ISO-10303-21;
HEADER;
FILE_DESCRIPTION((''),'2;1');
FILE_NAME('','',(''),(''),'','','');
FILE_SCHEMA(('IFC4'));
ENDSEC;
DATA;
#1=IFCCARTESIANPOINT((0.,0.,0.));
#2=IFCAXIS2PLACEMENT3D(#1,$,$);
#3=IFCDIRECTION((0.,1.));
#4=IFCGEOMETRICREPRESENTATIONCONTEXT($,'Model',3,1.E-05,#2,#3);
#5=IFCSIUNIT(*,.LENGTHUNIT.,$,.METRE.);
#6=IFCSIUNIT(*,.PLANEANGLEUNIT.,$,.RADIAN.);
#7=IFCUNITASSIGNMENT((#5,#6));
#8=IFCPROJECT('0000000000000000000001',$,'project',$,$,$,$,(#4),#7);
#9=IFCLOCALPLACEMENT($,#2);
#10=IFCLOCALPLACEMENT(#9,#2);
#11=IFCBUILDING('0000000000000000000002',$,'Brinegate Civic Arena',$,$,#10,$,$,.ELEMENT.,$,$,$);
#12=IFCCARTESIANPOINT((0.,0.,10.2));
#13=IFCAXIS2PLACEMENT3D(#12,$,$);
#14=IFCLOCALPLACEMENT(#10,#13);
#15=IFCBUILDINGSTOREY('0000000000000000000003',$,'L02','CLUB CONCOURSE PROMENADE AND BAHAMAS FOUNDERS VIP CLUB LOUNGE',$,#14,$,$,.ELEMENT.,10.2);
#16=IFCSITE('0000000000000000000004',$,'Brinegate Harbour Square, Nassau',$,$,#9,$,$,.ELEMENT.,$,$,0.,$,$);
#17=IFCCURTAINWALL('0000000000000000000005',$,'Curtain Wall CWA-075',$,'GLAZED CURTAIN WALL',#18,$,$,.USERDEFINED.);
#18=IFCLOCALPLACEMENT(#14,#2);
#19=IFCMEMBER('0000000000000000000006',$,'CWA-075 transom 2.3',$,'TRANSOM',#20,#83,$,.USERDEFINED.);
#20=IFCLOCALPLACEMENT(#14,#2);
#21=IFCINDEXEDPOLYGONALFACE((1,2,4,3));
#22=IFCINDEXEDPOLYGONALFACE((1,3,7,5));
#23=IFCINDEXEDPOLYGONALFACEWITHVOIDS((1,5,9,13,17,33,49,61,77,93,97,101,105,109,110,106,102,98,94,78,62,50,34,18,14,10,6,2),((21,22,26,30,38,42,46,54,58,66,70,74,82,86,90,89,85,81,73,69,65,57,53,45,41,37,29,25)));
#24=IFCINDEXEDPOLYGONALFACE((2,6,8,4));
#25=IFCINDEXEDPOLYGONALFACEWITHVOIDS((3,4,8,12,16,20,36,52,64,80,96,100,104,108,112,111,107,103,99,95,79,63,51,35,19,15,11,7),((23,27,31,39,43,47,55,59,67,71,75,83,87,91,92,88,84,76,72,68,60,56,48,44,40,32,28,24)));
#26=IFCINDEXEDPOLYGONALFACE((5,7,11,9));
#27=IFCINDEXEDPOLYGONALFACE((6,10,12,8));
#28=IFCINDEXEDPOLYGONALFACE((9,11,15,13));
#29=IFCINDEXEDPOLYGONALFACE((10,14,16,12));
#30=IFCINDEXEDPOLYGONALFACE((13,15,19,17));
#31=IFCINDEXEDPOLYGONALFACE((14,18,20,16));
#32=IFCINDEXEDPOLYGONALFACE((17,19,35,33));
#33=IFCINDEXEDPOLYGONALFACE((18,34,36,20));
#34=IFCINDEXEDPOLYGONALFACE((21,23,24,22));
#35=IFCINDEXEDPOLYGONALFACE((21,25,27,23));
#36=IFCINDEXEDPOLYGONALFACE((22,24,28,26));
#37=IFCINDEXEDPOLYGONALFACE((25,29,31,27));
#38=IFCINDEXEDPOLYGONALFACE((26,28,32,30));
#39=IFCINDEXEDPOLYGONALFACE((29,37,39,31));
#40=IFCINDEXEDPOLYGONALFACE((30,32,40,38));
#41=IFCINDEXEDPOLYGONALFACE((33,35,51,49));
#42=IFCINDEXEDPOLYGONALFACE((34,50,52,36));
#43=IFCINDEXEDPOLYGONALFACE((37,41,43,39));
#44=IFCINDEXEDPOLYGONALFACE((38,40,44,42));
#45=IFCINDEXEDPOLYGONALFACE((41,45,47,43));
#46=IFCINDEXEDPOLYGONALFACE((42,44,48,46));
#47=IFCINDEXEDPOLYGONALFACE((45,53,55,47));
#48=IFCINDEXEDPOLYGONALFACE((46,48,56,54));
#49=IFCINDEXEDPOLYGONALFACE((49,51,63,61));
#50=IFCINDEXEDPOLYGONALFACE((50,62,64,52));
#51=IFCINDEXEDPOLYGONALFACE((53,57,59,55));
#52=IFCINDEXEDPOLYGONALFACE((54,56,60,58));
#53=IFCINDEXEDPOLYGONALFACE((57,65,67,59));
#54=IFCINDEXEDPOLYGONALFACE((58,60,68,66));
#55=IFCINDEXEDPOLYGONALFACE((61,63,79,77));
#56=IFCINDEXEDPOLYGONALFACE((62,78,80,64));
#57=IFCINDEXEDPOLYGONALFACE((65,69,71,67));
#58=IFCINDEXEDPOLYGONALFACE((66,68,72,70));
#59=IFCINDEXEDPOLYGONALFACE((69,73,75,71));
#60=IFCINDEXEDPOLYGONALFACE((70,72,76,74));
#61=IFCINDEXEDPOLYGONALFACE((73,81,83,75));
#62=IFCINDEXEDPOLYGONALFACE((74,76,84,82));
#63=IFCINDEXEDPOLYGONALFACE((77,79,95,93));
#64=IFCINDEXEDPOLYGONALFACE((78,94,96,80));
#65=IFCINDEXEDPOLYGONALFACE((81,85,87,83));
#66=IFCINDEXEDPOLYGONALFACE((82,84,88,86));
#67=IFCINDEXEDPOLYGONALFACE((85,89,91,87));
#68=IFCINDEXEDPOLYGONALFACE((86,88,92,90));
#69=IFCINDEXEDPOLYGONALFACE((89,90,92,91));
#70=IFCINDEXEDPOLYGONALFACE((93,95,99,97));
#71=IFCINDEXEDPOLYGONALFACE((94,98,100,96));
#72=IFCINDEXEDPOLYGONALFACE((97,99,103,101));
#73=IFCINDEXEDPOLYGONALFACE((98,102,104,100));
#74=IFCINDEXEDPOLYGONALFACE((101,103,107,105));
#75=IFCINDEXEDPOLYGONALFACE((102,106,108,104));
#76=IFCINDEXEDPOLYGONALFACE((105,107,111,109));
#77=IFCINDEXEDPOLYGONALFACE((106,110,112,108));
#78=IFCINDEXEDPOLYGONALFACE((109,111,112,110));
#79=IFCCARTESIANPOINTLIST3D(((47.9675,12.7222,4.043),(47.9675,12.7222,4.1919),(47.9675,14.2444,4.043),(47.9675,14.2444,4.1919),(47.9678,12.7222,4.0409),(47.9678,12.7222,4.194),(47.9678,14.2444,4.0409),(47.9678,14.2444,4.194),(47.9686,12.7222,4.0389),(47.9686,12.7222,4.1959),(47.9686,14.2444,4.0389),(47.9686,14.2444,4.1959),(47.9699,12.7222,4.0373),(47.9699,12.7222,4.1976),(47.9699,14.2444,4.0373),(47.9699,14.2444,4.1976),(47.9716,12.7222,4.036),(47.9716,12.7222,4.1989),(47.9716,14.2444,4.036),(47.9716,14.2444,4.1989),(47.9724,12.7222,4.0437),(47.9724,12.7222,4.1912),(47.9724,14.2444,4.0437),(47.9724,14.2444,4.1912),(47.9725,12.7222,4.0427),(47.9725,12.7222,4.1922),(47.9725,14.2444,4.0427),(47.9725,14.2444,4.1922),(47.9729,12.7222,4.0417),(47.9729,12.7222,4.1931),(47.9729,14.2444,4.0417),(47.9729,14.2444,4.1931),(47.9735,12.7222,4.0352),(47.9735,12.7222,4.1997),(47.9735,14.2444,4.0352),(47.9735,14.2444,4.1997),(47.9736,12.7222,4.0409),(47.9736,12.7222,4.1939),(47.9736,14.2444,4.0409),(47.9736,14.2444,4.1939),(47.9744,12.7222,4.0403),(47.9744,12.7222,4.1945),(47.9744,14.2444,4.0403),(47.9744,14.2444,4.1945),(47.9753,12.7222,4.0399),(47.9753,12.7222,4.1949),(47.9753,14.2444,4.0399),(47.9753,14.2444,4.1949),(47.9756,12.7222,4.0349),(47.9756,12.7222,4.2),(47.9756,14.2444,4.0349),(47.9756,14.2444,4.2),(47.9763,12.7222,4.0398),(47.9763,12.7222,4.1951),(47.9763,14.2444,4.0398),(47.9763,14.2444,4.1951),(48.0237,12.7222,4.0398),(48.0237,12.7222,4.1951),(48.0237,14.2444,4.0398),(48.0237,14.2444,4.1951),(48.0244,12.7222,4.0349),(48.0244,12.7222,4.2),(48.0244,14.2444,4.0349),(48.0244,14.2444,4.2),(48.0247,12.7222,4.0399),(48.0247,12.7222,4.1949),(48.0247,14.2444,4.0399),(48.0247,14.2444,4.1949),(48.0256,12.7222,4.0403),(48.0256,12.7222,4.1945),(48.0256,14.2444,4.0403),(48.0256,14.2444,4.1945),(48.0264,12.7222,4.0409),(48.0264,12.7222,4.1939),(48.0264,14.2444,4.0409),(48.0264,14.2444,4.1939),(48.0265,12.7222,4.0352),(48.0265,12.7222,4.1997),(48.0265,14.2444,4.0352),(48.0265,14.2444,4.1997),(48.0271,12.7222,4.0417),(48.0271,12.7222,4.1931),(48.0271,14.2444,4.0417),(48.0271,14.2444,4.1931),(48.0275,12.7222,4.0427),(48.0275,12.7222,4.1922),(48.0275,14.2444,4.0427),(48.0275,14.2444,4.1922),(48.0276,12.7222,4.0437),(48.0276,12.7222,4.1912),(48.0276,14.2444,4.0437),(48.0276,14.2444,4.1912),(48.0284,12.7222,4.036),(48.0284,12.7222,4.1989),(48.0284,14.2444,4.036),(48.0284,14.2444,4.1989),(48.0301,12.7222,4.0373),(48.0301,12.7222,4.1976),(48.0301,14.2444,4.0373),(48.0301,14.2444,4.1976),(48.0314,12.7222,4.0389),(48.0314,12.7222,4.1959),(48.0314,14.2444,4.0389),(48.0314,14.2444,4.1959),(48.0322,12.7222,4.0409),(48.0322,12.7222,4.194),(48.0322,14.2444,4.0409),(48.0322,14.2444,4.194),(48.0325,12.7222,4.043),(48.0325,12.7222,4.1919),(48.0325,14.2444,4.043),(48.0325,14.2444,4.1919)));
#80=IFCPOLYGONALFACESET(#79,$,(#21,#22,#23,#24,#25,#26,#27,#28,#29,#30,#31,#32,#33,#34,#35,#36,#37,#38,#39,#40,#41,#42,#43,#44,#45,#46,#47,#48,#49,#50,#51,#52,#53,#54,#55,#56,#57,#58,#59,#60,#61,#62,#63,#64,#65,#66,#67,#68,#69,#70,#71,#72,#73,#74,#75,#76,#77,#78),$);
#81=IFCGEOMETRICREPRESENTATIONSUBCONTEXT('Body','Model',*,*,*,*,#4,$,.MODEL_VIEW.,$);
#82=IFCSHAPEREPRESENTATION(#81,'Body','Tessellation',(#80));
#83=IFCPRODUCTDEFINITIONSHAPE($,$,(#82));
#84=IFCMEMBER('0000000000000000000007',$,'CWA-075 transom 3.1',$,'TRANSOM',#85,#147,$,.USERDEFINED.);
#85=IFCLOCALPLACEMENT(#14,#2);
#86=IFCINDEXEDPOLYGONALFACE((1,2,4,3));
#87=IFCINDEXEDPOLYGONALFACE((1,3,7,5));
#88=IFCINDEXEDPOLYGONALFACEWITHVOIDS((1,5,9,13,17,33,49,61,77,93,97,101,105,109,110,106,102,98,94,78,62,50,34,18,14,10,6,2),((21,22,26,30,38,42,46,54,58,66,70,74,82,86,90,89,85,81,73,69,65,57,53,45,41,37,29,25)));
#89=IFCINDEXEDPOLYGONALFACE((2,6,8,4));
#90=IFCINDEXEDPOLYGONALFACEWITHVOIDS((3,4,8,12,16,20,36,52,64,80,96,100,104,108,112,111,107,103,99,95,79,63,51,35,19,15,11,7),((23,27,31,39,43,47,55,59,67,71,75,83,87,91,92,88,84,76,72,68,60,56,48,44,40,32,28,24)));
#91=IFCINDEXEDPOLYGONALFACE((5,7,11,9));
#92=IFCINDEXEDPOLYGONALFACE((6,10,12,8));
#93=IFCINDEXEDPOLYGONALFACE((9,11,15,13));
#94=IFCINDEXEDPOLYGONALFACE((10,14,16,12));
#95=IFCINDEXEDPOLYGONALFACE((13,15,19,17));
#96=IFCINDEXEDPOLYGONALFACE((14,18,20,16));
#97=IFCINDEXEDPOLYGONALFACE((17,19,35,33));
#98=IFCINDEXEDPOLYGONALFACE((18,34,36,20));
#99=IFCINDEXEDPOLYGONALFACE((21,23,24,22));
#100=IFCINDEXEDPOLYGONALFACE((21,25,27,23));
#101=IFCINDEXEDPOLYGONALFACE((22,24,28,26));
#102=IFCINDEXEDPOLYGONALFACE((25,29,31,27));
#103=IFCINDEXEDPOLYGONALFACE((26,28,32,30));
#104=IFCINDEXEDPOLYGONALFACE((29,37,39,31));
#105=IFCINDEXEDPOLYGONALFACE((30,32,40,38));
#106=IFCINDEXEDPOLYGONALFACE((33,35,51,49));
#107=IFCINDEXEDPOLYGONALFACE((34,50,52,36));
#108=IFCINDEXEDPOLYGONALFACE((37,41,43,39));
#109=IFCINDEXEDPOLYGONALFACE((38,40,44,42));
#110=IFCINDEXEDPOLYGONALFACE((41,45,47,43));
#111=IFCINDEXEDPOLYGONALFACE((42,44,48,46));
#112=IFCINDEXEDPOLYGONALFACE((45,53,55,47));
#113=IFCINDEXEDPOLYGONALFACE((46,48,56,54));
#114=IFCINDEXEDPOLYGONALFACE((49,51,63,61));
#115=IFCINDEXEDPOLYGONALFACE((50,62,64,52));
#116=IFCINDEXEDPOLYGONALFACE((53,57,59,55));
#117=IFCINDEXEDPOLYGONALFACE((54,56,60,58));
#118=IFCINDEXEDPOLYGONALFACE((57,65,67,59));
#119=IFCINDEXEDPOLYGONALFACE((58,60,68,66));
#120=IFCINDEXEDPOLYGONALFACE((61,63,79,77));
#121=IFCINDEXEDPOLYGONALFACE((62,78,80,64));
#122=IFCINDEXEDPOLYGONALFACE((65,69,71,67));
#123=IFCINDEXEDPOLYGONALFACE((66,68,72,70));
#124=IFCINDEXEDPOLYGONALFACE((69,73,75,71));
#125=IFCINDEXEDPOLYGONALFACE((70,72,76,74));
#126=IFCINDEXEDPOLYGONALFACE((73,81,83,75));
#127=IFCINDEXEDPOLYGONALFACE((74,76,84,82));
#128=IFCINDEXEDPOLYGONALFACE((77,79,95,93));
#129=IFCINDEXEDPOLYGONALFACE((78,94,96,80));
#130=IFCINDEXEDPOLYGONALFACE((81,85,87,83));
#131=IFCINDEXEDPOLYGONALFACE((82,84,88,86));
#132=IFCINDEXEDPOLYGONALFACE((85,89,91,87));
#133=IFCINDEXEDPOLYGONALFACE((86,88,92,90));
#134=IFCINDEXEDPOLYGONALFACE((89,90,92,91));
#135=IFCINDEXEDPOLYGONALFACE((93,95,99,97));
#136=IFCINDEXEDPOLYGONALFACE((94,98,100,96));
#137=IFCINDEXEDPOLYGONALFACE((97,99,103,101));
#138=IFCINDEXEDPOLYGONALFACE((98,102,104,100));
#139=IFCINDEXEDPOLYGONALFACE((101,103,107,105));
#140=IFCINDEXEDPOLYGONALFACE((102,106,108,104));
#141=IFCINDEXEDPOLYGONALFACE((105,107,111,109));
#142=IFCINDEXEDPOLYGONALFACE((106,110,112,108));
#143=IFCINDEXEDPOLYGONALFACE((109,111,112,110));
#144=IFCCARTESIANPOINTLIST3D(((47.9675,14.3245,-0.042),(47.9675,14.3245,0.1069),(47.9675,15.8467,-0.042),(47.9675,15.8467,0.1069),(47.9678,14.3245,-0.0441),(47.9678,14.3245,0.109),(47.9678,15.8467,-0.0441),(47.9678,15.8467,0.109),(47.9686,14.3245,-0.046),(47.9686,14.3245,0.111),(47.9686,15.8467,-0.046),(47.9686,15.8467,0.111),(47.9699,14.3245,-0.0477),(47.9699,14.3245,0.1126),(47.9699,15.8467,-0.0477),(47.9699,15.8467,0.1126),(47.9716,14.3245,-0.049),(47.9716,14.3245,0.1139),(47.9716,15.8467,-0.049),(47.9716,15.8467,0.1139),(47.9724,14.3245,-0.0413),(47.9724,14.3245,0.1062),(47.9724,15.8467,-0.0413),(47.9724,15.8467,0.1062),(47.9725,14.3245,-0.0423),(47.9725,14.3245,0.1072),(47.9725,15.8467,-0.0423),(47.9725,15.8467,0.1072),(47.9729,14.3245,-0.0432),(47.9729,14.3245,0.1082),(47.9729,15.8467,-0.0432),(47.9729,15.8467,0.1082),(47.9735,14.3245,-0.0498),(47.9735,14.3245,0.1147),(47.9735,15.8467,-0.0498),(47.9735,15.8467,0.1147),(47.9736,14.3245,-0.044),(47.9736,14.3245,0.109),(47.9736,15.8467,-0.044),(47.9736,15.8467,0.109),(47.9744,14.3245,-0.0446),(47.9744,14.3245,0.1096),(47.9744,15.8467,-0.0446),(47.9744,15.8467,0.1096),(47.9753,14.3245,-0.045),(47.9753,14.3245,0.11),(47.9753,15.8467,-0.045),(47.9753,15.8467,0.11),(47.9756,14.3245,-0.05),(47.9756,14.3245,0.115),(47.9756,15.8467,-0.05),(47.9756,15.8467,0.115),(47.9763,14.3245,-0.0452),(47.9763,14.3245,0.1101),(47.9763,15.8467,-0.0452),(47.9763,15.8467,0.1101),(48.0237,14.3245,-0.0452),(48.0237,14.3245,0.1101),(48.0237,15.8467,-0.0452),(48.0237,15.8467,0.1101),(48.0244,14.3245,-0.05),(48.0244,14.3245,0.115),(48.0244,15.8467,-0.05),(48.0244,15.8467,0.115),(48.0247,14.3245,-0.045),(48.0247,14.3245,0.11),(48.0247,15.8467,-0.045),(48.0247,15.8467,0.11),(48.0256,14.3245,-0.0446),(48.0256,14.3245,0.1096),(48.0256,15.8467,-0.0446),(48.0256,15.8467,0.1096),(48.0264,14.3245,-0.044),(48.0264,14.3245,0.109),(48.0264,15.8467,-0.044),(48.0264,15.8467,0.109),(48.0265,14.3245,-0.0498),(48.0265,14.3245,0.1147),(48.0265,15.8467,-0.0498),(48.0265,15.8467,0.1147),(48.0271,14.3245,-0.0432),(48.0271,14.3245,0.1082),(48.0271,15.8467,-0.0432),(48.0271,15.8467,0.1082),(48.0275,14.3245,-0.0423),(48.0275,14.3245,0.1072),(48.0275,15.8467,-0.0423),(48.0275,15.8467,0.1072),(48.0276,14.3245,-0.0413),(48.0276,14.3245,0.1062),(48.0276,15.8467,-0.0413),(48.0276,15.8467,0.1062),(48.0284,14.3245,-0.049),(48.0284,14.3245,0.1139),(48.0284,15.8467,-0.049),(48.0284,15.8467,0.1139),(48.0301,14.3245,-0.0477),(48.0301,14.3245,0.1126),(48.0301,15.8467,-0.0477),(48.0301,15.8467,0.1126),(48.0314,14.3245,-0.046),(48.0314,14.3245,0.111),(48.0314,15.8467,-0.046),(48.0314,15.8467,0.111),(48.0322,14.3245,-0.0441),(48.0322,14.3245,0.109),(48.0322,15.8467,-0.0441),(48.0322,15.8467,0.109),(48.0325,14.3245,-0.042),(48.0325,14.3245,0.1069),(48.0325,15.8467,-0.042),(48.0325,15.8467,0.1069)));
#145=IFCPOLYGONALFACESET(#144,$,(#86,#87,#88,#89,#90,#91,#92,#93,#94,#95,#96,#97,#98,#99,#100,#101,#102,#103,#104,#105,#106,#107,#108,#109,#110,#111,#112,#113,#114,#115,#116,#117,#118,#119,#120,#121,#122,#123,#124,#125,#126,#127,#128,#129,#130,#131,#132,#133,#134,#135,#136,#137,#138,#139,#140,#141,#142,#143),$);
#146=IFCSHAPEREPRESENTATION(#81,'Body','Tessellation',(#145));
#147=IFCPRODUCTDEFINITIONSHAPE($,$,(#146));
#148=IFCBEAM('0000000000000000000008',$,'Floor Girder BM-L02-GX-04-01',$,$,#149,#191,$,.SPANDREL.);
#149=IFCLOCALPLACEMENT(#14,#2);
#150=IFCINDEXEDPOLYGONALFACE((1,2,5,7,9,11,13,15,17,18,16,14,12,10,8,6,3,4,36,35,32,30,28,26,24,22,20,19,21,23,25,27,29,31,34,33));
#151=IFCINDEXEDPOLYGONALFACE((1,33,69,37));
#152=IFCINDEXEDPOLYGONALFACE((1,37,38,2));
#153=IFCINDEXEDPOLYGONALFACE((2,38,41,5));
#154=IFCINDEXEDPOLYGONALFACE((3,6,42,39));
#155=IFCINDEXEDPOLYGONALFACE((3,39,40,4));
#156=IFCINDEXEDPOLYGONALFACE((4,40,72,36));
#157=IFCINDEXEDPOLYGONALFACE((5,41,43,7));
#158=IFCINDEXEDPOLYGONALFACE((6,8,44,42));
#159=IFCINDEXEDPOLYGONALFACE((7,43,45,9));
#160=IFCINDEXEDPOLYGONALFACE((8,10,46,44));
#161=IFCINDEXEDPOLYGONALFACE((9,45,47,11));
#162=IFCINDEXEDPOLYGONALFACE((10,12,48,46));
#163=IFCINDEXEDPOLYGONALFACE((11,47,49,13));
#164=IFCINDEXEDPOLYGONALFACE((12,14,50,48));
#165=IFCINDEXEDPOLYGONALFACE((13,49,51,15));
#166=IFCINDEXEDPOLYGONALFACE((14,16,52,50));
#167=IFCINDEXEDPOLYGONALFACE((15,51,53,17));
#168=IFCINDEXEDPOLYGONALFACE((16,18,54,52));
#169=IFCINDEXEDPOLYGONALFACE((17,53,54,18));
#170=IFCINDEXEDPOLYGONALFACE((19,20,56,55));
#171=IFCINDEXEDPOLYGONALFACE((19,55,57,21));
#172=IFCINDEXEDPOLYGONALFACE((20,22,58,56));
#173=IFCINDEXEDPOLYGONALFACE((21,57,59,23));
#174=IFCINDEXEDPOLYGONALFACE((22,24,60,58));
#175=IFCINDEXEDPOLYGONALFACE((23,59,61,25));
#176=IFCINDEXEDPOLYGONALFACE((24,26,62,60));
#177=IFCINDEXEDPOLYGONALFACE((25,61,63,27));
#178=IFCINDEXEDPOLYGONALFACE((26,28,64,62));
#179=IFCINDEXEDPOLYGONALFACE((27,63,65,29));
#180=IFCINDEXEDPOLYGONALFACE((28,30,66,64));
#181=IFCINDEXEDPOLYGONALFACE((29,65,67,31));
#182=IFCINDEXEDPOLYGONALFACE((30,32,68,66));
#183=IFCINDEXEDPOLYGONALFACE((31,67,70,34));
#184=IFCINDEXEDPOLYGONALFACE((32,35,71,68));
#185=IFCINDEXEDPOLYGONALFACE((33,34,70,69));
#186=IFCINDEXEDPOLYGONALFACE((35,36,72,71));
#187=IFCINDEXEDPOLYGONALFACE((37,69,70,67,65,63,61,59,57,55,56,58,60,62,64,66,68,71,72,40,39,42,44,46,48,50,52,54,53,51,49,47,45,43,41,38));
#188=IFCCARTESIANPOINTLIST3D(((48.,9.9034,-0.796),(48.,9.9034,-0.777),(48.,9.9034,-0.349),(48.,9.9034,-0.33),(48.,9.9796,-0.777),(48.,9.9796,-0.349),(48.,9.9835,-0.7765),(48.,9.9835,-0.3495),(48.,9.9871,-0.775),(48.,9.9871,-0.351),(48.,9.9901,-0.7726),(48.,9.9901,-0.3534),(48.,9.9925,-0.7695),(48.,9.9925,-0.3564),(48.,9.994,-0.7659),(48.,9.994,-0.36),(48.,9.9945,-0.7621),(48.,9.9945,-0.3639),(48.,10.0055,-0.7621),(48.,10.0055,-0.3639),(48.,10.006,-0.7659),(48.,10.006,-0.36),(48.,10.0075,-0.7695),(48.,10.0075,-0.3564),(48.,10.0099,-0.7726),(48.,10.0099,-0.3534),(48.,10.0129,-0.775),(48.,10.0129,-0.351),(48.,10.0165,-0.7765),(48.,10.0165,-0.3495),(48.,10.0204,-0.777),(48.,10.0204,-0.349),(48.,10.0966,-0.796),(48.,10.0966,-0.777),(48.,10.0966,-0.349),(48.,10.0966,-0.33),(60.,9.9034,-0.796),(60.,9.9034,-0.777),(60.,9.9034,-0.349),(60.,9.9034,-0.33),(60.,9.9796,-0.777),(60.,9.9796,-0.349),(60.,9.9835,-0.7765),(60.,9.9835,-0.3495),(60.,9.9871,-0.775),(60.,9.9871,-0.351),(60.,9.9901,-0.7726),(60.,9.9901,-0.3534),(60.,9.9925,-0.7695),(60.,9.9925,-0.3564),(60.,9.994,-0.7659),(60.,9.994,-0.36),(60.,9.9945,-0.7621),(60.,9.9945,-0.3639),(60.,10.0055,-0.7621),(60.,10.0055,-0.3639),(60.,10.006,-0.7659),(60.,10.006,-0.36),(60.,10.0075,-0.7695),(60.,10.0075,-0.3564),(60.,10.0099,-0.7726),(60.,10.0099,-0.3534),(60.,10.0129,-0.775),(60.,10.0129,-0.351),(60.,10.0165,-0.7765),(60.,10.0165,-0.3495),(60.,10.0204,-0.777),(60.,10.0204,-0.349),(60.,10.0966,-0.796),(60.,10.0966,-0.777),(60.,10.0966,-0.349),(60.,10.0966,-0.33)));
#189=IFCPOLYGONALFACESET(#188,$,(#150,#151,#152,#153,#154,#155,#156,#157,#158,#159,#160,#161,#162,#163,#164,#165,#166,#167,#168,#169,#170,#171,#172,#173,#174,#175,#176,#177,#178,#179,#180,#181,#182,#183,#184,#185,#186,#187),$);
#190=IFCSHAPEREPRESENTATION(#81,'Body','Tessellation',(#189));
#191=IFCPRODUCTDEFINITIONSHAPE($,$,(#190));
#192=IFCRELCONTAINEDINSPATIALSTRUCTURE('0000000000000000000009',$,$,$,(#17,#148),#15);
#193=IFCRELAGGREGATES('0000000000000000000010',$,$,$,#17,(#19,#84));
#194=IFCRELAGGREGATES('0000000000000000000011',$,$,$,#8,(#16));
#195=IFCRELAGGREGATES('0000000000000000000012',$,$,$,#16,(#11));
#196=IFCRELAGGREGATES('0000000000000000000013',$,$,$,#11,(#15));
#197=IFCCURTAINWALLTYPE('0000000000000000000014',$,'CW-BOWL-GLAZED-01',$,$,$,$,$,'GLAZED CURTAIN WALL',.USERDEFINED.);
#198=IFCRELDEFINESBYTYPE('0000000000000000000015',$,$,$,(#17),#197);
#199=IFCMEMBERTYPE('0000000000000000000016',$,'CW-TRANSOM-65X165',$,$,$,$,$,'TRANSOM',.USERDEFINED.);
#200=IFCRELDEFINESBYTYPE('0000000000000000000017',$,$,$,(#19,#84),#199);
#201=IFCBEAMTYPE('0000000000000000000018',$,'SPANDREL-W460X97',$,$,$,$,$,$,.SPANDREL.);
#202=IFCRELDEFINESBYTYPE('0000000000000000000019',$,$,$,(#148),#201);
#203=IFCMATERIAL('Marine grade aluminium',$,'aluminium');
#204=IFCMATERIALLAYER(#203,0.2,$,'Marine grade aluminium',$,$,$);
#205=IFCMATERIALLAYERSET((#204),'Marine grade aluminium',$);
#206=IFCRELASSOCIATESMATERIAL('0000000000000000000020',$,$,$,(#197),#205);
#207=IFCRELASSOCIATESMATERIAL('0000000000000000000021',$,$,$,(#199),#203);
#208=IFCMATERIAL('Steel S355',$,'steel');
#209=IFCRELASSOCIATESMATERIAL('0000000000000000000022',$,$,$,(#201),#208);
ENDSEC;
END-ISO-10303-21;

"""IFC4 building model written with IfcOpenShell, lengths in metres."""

from ifc_helpers import new_model, si_unit, direction, frame, origin, origin_2d, place, context, subcontext, project, spatial, hollow_rectangle, i_section, extrude, material, layer, layer_set, material_profile, profile_set, type_object, element, aggregate, save


model = new_model("IFC4")

# Units and contexts
model_context = context("Model", 3, precision=1e-05, world=origin(), true_north=direction((0.0, 1.0)))
body_context = subcontext(model_context, "Body", "Model", "MODEL_VIEW")
ifc_project = project(units=[si_unit("LENGTHUNIT", "METRE"), si_unit("PLANEANGLEUNIT", "RADIAN")], contexts=[model_context])

# Site, building, storey
site_placement = place(None, origin())
site = spatial("IfcSite", under=ifc_project, at=site_placement, Name="Brinegate Harbour Square, Nassau", CompositionType="ELEMENT", RefElevation=0.0)
building_placement = place(site_placement, origin())
building = spatial("IfcBuilding", under=site, at=building_placement, Name="Brinegate Civic Arena", CompositionType="ELEMENT")
storey_placement = place(building_placement, frame((0.0, 0.0, 10.2)))
storey = spatial("IfcBuildingStorey", under=building, at=storey_placement, Name="L02", Description="CLUB CONCOURSE PROMENADE AND BAHAMAS FOUNDERS VIP CLUB LOUNGE", CompositionType="ELEMENT", Elevation=10.2)

# Curtain wall
ifc_material_1 = material(Name="Marine grade aluminium", Category="aluminium")
ifc_layer_1 = layer(ifc_material_1, 0.2, Name="Marine grade aluminium")
ifc_layer_set_1 = layer_set([ifc_layer_1], Name="Marine grade aluminium")
curtain_wall_type_1 = type_object("IfcCurtainWallType", Name="CW-BOWL-GLAZED-01", ElementType="GLAZED CURTAIN WALL", PredefinedType="USERDEFINED", material=ifc_layer_set_1)
curtain_wall_1_placement = place(storey_placement, origin())
curtain_wall_1 = element("IfcCurtainWall", 1, at=curtain_wall_1_placement, inside=storey, type_object=curtain_wall_type_1, Name="Curtain Wall CWA-075", ObjectType="GLAZED CURTAIN WALL", PredefinedType="USERDEFINED")

# Members
ifc_material_profile_1 = material_profile(ifc_material_1, hollow_rectangle(XDim=0.0649, YDim=0.165, WallThickness=0.0049, InnerFilletRadius=0.0039, OuterFilletRadius=0.0081, at=origin_2d()), Name="TRN65X165")
ifc_profile_set_1 = profile_set([ifc_material_profile_1], Name="Marine grade aluminium")
member_type_1 = type_object("IfcMemberType", Name="CW-TRANSOM-65X165", ElementType="TRANSOM", PredefinedType="USERDEFINED", material=ifc_profile_set_1)
member_1_placement = place(storey_placement, frame((48.0, 12.7222, 4.1174), z_axis=(0.0, 1.0, 0.0), x_axis=(-1.0, 0.0, 0.0)))
member_1 = element("IfcMember", 2, at=member_1_placement, type_object=member_type_1, Name="CWA-075 transom 2.3", ObjectType="TRANSOM", PredefinedType="USERDEFINED", context=body_context, shape_type="SweptSolid", body=[
    extrude(hollow_rectangle(XDim=0.0649, YDim=0.165, WallThickness=0.0049, InnerFilletRadius=0.0039, OuterFilletRadius=0.0081, at=origin_2d()), origin(), (0.0, 0.0, 1.0), 1.5222),
])
member_2_placement = place(storey_placement, frame((48.0, 14.3245, 0.0325), z_axis=(0.0, 1.0, 0.0), x_axis=(-1.0, 0.0, 0.0)))
member_2 = element("IfcMember", 3, at=member_2_placement, type_object=member_type_1, Name="CWA-075 transom 3.1", ObjectType="TRANSOM", PredefinedType="USERDEFINED", context=body_context, shape_type="SweptSolid", body=[
    extrude(hollow_rectangle(XDim=0.0649, YDim=0.165, WallThickness=0.0049, InnerFilletRadius=0.0039, OuterFilletRadius=0.0081, at=origin_2d()), origin(), (0.0, 0.0, 1.0), 1.5222),
])

# Beam
ifc_material_2 = material(Name="Steel S355", Category="steel")
ifc_material_profile_2 = material_profile(ifc_material_2, i_section(OverallWidth=0.1931, OverallDepth=0.4661, WebThickness=0.011, FlangeThickness=0.019, FilletRadius=0.0149, at=origin_2d()), Name="W460X97")
ifc_profile_set_2 = profile_set([ifc_material_profile_2], Name="Steel S355")
beam_type = type_object("IfcBeamType", Name="SPANDREL-W460X97", PredefinedType="SPANDREL", material=ifc_profile_set_2)
beam_1_placement = place(storey_placement, frame((48.0, 10.0, -0.563), z_axis=(1.0, 0.0, 0.0), x_axis=(0.0, 1.0, 0.0)))
element("IfcBeam", 4, at=beam_1_placement, inside=storey, type_object=beam_type, Name="Floor Girder BM-L02-GX-04-01", PredefinedType="SPANDREL", context=body_context, shape_type="SweptSolid", body=[
    extrude(i_section(OverallWidth=0.1931, OverallDepth=0.4661, WebThickness=0.011, FlangeThickness=0.019, FilletRadius=0.0149, at=origin_2d()), origin(), (0.0, 0.0, 1.0), 12.0),
])

aggregate(curtain_wall_1, [member_1, member_2])

save(model, "model.ifc")
